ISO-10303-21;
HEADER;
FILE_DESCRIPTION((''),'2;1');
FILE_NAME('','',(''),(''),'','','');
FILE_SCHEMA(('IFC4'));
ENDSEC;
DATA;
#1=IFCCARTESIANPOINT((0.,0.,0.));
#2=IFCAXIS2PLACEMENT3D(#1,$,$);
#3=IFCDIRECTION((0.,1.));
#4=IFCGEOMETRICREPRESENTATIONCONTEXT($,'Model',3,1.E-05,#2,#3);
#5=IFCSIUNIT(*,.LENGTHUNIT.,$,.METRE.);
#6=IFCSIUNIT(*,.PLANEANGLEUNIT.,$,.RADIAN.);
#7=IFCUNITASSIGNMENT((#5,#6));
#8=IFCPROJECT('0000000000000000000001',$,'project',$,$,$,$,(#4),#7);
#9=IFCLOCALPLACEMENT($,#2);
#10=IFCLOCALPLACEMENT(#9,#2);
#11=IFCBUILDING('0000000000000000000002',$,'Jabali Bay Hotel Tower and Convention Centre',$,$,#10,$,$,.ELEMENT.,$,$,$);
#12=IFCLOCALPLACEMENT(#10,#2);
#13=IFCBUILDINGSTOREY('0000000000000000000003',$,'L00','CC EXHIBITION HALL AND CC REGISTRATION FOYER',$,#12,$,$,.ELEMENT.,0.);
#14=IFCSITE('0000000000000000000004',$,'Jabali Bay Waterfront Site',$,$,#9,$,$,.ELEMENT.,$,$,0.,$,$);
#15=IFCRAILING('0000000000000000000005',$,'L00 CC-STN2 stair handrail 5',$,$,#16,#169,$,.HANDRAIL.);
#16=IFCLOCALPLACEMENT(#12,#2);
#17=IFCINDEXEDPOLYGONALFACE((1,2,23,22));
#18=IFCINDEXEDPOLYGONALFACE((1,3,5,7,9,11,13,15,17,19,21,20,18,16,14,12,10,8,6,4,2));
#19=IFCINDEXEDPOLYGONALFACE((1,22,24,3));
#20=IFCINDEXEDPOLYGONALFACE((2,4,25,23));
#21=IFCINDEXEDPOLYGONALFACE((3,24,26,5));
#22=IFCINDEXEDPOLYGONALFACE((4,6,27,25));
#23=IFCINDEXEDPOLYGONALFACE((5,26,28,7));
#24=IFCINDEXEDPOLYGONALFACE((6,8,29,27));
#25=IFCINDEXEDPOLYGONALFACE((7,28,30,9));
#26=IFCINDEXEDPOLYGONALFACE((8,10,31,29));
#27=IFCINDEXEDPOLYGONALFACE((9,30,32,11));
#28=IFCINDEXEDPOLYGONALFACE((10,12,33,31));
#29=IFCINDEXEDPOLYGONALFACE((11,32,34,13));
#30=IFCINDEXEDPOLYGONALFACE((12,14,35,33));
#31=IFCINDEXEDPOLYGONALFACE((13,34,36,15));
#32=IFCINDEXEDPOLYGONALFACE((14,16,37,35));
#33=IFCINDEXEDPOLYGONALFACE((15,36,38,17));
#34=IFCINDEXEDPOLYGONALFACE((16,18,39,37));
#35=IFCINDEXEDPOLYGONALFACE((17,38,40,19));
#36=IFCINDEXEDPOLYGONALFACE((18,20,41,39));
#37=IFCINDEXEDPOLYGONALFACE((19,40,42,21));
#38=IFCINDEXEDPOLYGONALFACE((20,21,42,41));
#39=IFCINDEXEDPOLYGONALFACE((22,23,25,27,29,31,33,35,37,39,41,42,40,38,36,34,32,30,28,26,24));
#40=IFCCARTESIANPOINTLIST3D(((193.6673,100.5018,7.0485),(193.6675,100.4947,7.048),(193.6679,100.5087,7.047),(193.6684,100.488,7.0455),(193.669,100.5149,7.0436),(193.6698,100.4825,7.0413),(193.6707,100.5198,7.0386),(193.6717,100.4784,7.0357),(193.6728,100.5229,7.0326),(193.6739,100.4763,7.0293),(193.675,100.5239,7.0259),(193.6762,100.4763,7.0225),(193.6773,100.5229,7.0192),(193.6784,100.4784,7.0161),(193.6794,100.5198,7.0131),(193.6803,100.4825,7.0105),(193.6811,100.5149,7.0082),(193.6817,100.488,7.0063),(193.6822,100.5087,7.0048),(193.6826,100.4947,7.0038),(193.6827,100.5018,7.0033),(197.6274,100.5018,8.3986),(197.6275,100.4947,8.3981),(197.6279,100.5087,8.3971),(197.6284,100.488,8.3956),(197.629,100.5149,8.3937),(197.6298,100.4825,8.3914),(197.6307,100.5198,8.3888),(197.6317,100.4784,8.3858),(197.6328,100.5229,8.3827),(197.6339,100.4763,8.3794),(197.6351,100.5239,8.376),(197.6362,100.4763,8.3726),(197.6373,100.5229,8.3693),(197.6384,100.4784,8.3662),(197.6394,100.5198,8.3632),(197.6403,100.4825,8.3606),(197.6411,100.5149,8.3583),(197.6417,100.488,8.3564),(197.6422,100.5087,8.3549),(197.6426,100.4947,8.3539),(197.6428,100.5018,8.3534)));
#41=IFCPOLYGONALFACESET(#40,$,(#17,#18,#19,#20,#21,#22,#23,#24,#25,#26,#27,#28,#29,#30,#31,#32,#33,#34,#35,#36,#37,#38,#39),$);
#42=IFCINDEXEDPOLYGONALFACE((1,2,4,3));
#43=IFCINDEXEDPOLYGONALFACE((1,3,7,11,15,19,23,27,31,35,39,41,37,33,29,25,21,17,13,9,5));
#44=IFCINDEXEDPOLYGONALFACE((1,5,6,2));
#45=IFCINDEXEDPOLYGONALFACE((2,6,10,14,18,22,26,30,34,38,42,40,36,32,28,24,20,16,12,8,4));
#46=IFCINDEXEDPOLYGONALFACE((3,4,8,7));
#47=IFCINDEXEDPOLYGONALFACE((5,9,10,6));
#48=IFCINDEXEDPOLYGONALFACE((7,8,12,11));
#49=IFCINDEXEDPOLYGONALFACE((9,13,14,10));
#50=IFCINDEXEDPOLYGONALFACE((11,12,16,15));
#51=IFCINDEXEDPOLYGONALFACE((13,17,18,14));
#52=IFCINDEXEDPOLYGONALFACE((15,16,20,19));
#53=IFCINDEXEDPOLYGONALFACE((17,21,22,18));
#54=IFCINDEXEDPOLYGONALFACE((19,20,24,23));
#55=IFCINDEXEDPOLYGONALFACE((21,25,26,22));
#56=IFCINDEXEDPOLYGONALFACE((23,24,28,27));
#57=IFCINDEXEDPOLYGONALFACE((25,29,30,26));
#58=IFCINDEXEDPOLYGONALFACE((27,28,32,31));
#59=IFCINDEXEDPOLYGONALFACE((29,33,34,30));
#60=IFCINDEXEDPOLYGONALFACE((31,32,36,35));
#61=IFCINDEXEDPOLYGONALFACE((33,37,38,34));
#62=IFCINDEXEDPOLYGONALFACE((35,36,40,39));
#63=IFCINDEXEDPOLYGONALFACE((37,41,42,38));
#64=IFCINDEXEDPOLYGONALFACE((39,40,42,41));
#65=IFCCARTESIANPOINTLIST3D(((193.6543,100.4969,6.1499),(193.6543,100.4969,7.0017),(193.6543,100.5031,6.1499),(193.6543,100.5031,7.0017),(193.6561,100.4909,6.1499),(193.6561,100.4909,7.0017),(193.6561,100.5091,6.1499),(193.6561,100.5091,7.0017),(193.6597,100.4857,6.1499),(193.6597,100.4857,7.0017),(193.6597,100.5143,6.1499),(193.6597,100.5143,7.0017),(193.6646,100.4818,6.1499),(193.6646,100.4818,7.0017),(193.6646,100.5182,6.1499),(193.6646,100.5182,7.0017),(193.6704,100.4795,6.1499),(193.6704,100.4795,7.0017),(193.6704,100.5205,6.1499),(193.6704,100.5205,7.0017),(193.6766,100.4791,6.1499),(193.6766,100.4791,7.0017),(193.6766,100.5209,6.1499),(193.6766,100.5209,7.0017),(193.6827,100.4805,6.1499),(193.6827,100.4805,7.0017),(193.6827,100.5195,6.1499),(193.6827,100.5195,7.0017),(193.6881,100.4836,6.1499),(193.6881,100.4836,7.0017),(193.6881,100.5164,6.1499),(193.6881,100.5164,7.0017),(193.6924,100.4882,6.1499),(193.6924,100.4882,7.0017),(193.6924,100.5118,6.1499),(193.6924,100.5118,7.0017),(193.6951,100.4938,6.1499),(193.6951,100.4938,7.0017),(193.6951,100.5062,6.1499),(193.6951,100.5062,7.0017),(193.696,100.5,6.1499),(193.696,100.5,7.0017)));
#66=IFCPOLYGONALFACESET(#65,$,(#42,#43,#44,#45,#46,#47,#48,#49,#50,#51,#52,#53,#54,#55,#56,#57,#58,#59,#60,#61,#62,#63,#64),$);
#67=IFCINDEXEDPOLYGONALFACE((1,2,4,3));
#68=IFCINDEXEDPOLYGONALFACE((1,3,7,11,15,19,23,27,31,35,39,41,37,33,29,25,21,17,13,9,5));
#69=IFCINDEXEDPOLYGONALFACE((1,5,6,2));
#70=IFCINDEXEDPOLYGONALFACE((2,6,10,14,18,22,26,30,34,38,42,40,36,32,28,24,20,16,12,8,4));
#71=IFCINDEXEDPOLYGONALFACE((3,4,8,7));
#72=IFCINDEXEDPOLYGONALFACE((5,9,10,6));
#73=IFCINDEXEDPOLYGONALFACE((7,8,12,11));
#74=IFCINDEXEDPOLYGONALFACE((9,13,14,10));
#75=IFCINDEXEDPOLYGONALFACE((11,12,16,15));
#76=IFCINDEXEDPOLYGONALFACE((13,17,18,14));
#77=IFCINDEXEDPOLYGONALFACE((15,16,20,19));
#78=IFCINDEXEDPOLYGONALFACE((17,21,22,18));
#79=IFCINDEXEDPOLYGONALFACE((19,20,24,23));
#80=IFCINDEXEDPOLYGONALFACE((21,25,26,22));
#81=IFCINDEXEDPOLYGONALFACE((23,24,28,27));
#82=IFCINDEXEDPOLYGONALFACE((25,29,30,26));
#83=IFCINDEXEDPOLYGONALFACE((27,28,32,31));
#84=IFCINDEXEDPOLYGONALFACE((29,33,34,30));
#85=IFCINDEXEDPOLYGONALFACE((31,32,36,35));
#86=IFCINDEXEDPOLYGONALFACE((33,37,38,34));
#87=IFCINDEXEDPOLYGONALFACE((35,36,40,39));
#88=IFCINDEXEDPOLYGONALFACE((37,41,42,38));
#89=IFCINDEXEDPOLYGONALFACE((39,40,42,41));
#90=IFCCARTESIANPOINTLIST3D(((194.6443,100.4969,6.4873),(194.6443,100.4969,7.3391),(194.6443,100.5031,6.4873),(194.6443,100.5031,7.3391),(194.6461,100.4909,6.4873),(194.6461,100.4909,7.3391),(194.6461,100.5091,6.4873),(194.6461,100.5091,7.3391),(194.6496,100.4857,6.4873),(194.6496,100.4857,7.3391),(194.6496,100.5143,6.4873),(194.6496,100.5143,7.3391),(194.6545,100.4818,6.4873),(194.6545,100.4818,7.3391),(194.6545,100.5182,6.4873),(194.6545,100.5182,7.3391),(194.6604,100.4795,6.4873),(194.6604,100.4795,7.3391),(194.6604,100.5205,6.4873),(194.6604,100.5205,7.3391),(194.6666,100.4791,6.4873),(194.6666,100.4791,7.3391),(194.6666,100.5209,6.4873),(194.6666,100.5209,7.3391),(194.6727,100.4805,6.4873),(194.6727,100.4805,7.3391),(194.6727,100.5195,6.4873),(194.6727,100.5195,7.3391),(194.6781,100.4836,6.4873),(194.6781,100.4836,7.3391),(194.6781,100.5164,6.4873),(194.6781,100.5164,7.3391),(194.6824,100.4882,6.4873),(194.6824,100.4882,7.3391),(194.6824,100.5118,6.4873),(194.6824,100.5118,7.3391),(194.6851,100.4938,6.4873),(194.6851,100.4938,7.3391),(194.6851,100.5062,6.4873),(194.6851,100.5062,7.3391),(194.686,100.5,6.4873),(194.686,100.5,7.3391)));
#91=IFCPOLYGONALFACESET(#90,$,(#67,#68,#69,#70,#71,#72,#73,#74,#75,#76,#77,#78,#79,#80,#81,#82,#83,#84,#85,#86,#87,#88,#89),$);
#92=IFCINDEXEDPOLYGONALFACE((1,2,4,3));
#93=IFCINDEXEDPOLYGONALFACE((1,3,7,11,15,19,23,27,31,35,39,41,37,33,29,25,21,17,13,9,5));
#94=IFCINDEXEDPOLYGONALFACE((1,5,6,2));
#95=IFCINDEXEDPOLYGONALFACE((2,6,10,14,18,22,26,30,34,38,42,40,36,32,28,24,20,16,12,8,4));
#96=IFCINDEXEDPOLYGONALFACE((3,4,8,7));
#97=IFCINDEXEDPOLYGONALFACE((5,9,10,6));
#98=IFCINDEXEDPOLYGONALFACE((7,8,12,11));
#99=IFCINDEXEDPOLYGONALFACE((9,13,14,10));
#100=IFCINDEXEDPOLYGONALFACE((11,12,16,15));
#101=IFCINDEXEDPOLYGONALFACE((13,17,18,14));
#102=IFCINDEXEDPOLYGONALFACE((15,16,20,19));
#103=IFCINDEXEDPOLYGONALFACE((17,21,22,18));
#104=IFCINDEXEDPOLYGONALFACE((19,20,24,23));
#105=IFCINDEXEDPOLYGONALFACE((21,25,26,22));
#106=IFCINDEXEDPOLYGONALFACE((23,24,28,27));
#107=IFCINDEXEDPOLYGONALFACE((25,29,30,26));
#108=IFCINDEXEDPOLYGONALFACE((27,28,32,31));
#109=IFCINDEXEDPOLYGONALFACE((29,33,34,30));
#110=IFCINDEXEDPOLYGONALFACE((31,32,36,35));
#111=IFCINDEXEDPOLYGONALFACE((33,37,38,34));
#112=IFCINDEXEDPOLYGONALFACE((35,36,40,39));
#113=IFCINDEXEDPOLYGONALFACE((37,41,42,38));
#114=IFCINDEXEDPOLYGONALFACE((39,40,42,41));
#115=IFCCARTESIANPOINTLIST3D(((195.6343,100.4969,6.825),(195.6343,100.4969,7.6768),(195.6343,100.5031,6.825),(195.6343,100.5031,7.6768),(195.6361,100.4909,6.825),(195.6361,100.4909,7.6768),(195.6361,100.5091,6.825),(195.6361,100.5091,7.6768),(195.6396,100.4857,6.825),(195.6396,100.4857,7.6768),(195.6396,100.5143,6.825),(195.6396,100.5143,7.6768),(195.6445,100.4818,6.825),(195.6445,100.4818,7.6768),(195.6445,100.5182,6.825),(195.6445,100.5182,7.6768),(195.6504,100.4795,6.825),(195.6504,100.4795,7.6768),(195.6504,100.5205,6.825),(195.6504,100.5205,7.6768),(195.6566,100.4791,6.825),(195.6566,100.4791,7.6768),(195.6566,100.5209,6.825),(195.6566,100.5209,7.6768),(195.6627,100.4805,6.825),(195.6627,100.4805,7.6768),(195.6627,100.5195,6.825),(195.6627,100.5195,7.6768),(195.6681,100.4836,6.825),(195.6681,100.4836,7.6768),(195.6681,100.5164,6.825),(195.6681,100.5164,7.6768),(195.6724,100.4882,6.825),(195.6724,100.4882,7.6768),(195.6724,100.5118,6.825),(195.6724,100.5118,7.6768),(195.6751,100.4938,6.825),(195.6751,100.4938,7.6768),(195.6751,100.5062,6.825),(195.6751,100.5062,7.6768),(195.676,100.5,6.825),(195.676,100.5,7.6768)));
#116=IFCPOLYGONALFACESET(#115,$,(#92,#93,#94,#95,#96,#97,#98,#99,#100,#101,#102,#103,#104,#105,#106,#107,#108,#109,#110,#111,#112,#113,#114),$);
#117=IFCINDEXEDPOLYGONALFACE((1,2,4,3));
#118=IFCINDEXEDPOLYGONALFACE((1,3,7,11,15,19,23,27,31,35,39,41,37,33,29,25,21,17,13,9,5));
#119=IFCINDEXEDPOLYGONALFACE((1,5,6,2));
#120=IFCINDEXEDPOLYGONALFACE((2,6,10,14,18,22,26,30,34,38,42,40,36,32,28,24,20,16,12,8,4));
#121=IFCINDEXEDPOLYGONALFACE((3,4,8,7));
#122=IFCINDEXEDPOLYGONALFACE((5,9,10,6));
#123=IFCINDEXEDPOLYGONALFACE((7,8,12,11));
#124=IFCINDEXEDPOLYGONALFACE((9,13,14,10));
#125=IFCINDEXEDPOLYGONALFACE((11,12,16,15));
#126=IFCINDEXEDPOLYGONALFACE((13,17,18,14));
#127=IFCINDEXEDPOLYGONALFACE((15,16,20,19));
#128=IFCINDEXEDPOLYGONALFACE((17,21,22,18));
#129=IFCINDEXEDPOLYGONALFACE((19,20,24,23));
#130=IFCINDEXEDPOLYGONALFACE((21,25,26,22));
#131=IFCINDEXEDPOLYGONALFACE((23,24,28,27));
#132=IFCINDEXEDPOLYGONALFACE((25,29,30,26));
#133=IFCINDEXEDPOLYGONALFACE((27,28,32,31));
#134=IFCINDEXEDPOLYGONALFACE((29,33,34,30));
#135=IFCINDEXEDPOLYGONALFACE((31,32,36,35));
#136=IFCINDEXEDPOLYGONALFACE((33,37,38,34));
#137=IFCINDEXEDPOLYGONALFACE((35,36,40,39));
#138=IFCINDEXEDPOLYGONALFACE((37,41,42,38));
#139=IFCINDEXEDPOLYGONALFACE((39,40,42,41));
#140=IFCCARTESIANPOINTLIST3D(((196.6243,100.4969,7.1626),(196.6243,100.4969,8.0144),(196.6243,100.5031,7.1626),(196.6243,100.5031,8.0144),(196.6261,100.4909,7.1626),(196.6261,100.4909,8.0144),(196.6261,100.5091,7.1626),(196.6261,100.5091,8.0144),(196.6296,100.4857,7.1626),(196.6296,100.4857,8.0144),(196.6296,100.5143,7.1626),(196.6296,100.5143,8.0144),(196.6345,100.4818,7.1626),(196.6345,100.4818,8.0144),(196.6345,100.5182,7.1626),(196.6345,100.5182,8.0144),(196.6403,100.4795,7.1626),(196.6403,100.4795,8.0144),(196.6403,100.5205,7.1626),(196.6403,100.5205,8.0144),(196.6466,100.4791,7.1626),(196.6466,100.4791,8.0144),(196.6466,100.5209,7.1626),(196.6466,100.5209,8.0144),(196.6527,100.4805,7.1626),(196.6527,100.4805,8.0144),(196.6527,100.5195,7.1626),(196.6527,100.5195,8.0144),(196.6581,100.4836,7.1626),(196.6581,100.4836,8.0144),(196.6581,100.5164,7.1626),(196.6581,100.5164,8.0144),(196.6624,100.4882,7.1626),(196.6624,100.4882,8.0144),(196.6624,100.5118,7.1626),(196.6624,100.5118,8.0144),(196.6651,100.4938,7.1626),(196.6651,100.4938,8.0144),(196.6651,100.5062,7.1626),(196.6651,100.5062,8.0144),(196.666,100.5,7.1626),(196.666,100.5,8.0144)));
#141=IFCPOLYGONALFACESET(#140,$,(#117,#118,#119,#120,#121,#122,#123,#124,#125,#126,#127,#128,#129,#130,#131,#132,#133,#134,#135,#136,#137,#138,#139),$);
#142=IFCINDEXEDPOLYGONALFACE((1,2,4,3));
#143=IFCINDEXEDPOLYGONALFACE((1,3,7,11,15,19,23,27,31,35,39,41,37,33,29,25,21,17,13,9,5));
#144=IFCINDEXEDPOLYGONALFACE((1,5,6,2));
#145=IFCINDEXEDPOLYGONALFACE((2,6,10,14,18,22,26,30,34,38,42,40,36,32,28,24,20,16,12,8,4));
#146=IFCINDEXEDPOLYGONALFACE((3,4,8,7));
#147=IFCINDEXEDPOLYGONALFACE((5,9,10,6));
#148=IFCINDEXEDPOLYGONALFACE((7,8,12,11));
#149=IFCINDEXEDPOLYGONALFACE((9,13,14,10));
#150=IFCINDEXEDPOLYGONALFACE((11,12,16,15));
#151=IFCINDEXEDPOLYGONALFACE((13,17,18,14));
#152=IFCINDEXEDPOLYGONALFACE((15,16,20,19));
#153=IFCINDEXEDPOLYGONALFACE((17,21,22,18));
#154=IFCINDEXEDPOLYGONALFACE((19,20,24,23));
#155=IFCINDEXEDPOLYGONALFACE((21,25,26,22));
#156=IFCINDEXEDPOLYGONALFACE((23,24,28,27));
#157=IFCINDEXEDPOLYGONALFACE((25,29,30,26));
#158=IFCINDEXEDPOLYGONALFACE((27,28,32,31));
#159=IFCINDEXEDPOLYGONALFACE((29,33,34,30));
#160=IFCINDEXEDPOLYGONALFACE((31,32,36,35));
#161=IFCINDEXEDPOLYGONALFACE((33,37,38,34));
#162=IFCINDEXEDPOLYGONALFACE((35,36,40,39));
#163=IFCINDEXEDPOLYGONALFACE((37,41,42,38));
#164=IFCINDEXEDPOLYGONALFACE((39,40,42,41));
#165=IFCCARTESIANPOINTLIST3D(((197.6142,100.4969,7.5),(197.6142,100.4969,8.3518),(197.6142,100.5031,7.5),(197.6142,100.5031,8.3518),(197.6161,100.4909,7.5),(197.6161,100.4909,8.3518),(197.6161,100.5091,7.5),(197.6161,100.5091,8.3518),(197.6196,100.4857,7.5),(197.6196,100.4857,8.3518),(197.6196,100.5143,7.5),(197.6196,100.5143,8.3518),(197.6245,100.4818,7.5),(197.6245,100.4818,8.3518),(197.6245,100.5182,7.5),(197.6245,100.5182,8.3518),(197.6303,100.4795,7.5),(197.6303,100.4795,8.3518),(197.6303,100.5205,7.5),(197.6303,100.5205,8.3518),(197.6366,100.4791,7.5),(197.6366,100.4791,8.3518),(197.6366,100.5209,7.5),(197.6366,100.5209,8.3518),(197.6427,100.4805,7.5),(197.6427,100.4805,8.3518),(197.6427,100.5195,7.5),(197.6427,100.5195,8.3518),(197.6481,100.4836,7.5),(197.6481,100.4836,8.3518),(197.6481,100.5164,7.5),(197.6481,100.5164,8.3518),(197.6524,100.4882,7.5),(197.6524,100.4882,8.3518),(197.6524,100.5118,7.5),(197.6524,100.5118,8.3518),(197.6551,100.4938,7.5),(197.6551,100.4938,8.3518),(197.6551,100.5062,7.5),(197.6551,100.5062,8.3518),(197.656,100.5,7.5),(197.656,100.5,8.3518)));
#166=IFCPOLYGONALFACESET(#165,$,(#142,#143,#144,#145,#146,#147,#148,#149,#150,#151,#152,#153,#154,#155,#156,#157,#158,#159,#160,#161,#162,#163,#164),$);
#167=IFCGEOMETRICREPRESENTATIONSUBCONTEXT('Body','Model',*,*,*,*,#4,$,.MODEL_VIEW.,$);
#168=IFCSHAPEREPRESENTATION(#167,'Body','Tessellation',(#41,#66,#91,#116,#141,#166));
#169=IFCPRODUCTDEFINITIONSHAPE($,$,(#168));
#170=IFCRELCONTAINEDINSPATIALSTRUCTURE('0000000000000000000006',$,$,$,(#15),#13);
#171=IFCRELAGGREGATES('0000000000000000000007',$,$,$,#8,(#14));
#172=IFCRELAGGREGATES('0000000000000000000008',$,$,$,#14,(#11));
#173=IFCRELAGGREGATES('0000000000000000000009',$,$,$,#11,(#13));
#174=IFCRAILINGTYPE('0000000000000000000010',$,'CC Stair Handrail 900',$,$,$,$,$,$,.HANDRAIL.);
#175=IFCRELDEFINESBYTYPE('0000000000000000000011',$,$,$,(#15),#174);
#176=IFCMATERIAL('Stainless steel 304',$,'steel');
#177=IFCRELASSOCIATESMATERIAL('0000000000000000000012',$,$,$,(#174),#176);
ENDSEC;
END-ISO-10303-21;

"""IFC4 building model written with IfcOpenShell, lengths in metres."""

from ifc_helpers import new_model, si_unit, direction, frame, origin, origin_2d, place, context, subcontext, project, spatial, circle, extrude, material, type_object, element, save


model = new_model("IFC4")

# Units and contexts
model_context = context("Model", 3, precision=1e-05, world=origin(), true_north=direction((0.0, 1.0)))
body_context = subcontext(model_context, "Body", "Model", "MODEL_VIEW")
ifc_project = project(units=[si_unit("LENGTHUNIT", "METRE"), si_unit("PLANEANGLEUNIT", "RADIAN")], contexts=[model_context])

# Site, building, storey
site_placement = place(None, origin())
site = spatial("IfcSite", under=ifc_project, at=site_placement, Name="Jabali Bay Waterfront Site", CompositionType="ELEMENT", RefElevation=0.0)
building_placement = place(site_placement, origin())
building = spatial("IfcBuilding", under=site, at=building_placement, Name="Jabali Bay Hotel Tower and Convention Centre", CompositionType="ELEMENT")
storey_placement = place(building_placement, origin())
storey = spatial("IfcBuildingStorey", under=building, at=storey_placement, Name="L00", Description="CC EXHIBITION HALL AND CC REGISTRATION FOYER", CompositionType="ELEMENT", Elevation=0.0)

# Railing
ifc_material_1 = material(Name="Stainless steel 304", Category="steel")
railing_type_1 = type_object("IfcRailingType", Name="CC Stair Handrail 900", PredefinedType="HANDRAIL", material=ifc_material_1)
for number, where, name in (
    (1, (193.675, 100.5, 6.1499), "L00 CC-STN2 stair handrail 5"),
):
    element("IfcRailing", number, at=place(storey_placement, frame(where)), inside=storey, type_object=railing_type_1, Name=name, PredefinedType="HANDRAIL", context=body_context, shape_type="SweptSolid", body=[
        extrude(circle(Radius=0.0239, at=origin_2d()), frame((0.0, 0.0, 0.876), z_axis=(0.946502, 0.0, 0.322698), x_axis=(0.0, 1.0, 0.0)), (0.0, 0.0, 1.0), 4.1838),
        extrude(circle(Radius=0.021, at=origin_2d()), origin(), (0.0, 0.0, 1.0), 0.8518),
        extrude(circle(Radius=0.021, at=origin_2d()), frame((0.99, 0.0, 0.3374)), (0.0, 0.0, 1.0), 0.8518),
        extrude(circle(Radius=0.021, at=origin_2d()), frame((1.98, 0.0, 0.675)), (0.0, 0.0, 1.0), 0.8518),
        extrude(circle(Radius=0.021, at=origin_2d()), frame((2.97, 0.0, 1.0127)), (0.0, 0.0, 1.0), 0.8518),
        extrude(circle(Radius=0.021, at=origin_2d()), frame((3.96, 0.0, 1.3501)), (0.0, 0.0, 1.0), 0.8518),
    ])

save(model, "model.ifc")
